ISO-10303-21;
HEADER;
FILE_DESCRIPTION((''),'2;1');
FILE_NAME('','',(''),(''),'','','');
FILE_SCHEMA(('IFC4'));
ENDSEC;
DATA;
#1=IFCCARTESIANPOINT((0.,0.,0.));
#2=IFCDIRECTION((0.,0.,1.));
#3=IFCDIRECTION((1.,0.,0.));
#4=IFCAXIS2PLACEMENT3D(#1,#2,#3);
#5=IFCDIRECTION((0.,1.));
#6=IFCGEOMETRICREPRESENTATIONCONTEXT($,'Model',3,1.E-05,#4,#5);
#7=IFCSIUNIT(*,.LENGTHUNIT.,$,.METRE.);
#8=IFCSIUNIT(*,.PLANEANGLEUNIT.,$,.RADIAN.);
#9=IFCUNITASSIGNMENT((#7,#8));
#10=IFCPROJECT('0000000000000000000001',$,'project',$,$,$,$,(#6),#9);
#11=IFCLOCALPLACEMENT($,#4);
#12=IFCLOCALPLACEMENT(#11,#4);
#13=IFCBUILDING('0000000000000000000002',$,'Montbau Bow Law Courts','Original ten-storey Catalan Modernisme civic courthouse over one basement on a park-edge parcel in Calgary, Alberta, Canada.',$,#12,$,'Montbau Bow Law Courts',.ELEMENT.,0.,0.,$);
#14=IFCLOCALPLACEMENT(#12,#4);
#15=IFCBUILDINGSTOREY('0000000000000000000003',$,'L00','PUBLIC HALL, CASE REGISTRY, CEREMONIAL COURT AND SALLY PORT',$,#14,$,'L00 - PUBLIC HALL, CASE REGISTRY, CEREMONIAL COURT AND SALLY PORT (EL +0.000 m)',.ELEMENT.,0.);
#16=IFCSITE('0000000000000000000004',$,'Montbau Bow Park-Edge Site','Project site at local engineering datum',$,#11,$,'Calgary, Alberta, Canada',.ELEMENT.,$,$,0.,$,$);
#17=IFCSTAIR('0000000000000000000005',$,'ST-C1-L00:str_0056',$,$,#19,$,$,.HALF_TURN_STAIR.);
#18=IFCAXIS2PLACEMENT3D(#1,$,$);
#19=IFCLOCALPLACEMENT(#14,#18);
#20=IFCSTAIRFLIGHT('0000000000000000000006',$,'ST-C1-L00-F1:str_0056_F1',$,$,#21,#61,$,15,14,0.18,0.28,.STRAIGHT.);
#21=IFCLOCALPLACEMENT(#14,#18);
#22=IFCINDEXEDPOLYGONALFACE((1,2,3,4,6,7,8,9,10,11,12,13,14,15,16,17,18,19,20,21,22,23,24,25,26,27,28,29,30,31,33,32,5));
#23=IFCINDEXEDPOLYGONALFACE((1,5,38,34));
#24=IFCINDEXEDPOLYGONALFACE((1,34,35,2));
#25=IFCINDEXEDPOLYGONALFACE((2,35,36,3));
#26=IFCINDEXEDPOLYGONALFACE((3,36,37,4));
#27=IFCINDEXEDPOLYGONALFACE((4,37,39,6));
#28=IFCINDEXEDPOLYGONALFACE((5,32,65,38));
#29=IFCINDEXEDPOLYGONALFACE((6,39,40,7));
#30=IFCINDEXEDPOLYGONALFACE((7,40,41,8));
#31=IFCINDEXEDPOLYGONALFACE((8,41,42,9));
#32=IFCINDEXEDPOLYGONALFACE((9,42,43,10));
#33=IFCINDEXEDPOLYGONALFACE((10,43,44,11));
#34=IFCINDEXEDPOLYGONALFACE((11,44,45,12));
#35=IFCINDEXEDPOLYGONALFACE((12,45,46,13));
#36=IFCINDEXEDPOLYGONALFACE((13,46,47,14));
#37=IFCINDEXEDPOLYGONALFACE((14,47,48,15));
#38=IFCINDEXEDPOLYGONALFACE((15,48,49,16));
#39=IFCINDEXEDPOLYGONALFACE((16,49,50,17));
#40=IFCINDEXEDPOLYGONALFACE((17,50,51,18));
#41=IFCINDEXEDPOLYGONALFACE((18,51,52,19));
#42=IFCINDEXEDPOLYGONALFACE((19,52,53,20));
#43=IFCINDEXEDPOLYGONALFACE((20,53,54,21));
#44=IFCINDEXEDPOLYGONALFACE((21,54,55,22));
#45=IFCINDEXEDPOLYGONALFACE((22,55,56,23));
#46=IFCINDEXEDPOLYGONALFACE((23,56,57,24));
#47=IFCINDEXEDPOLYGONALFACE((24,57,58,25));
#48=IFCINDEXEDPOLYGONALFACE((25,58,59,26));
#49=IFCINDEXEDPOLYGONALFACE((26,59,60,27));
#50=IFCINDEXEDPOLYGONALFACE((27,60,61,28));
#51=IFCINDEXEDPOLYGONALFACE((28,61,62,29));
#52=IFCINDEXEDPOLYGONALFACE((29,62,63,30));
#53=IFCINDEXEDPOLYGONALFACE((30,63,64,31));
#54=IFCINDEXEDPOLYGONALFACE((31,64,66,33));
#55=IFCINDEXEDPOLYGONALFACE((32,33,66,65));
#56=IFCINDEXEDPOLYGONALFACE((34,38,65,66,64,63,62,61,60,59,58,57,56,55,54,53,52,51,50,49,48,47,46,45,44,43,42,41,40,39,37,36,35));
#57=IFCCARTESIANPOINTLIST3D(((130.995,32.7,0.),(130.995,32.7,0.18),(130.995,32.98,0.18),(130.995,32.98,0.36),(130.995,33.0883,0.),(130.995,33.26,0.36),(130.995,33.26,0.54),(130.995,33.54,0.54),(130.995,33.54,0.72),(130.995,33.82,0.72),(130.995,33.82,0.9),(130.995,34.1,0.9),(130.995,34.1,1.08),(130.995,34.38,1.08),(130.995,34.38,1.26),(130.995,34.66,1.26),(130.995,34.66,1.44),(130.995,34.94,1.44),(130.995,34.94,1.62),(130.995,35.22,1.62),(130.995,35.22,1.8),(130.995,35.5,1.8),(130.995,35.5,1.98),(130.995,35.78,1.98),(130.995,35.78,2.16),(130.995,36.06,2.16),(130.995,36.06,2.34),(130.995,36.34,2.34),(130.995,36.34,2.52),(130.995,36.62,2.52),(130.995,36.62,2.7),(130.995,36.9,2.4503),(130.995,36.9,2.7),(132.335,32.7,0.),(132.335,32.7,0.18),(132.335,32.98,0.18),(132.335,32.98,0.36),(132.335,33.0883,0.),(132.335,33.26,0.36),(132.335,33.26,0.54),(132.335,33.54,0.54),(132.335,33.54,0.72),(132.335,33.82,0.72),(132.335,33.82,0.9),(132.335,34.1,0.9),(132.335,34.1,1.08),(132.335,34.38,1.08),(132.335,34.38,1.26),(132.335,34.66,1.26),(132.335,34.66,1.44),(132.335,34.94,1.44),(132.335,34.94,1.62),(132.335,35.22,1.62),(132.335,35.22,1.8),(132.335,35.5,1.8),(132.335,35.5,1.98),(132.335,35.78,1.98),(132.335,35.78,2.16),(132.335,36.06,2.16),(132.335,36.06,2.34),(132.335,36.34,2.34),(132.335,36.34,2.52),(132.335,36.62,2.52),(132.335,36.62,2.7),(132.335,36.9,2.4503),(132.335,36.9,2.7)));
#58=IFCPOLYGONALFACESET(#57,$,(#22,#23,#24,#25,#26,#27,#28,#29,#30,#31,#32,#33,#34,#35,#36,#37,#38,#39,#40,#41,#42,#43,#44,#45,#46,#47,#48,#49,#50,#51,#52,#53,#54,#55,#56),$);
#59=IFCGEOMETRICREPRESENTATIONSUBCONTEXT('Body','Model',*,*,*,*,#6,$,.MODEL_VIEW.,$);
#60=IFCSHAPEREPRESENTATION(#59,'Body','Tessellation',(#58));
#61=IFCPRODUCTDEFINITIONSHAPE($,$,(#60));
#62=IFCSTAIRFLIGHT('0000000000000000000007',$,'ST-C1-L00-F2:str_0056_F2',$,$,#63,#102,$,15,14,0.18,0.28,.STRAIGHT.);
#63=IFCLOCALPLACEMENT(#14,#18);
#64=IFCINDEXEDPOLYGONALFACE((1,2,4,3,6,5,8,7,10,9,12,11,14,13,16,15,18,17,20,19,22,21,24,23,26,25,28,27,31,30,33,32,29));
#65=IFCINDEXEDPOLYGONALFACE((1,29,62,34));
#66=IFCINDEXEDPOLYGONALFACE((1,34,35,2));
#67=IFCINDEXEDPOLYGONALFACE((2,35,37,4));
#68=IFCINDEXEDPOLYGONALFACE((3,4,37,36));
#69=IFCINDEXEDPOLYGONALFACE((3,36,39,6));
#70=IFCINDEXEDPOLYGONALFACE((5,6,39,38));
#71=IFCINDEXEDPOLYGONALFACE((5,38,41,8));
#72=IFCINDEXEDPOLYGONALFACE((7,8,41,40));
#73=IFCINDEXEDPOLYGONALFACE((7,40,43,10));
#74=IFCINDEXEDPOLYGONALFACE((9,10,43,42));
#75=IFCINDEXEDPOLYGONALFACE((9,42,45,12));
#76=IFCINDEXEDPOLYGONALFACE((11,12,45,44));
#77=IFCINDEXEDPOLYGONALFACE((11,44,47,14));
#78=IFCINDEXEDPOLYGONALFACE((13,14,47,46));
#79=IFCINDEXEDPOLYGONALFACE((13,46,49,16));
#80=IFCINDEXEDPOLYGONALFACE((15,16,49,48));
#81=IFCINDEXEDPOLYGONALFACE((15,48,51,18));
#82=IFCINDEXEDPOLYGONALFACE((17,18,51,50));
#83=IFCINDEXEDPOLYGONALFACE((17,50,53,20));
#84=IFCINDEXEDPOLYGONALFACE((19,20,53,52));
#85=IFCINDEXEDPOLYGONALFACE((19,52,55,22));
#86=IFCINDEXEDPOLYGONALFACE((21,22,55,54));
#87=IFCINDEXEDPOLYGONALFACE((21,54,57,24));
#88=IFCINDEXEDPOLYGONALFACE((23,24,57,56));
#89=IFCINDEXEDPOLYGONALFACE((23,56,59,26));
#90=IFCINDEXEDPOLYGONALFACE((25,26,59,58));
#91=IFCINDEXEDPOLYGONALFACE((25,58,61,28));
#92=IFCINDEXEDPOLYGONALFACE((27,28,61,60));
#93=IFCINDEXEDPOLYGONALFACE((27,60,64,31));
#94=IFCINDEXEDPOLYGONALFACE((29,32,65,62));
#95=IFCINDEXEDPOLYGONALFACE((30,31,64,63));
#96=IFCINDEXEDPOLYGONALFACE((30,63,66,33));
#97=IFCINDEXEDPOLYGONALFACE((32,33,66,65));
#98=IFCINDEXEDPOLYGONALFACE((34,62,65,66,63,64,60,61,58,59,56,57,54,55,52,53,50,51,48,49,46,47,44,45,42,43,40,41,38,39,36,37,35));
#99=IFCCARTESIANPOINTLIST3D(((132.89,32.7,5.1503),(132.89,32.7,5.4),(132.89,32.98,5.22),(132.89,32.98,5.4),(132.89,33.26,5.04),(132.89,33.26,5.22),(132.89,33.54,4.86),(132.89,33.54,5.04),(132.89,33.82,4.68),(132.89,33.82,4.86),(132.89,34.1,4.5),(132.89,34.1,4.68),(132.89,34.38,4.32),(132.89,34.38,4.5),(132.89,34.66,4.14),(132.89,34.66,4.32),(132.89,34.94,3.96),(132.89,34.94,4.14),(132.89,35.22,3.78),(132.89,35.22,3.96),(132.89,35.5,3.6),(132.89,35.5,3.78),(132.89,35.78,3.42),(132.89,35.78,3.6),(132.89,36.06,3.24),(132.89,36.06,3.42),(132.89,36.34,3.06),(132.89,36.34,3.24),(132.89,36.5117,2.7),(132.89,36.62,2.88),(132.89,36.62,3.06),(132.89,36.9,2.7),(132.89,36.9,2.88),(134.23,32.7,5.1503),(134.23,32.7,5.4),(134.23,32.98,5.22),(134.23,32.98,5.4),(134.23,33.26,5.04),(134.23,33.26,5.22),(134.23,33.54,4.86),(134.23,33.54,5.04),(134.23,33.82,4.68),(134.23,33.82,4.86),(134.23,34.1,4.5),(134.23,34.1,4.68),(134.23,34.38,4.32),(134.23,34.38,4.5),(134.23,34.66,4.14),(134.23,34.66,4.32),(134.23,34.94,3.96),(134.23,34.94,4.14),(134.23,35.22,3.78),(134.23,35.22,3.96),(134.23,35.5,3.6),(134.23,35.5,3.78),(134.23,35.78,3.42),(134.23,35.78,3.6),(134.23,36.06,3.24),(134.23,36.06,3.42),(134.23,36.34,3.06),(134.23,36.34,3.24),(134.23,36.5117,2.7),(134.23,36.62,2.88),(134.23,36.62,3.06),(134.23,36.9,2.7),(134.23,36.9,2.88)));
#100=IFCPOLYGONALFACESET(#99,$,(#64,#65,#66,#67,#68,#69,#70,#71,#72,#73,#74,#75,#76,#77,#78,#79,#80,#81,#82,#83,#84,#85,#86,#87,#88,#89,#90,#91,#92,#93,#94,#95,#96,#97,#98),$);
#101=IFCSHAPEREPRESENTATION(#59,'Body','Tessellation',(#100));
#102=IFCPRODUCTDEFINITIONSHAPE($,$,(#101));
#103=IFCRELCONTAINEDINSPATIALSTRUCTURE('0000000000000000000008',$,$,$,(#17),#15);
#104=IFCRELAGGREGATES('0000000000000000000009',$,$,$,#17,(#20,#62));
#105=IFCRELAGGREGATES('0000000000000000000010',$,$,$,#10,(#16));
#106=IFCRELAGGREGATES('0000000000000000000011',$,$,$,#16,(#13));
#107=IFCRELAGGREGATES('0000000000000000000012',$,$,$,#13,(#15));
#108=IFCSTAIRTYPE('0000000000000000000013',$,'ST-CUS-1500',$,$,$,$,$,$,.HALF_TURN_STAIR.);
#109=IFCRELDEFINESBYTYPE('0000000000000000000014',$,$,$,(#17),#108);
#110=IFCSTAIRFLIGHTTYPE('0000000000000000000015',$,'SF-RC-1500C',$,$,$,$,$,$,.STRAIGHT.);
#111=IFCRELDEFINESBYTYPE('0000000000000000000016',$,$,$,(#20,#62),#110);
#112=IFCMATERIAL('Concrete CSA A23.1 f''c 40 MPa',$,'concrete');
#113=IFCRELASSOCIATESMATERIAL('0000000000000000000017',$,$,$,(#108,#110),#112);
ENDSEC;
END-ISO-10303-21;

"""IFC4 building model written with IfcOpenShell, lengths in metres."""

from ifc_helpers import new_model, si_unit, direction, frame, origin_with_axes, place, context, subcontext, project, spatial, polyline, outline, extrude, material, type_object, element, aggregate, save


model = new_model("IFC4")

# Units and contexts
model_context = context("Model", 3, precision=1e-05, world=origin_with_axes(), true_north=direction((0.0, 1.0)))
body_context = subcontext(model_context, "Body", "Model", "MODEL_VIEW")
ifc_project = project(units=[si_unit("LENGTHUNIT", "METRE"), si_unit("PLANEANGLEUNIT", "RADIAN")], contexts=[model_context])

# Site, building, storey
site_placement = place(None, origin_with_axes())
site = spatial("IfcSite", under=ifc_project, at=site_placement, Name="Montbau Bow Park-Edge Site", Description="Project site at local engineering datum", LongName="Calgary, Alberta, Canada", CompositionType="ELEMENT", RefElevation=0.0)
building_placement = place(site_placement, origin_with_axes())
building = spatial("IfcBuilding", under=site, at=building_placement, Name="Montbau Bow Law Courts", Description="Original ten-storey Catalan Modernisme civic courthouse over one basement on a park-edge parcel in Calgary, Alberta, Canada.", LongName="Montbau Bow Law Courts", CompositionType="ELEMENT", ElevationOfRefHeight=0.0, ElevationOfTerrain=0.0)
storey_placement = place(building_placement, origin_with_axes())
storey = spatial("IfcBuildingStorey", under=building, at=storey_placement, Name="L00", Description="PUBLIC HALL, CASE REGISTRY, CEREMONIAL COURT AND SALLY PORT", LongName="L00 - PUBLIC HALL, CASE REGISTRY, CEREMONIAL COURT AND SALLY PORT (EL +0.000 m)", CompositionType="ELEMENT", Elevation=0.0)

# Stair, stair flights
ifc_material_1 = material(Name="Concrete CSA A23.1 f'c 40 MPa", Category="concrete")
stair_type = type_object("IfcStairType", Name="ST-CUS-1500", PredefinedType="HALF_TURN_STAIR", material=ifc_material_1)
stair_placement = place(None, frame((131.665, 32.7, 0.0), z_axis=(0.0, 0.0, 1.0), x_axis=(1.0, 0.0, 0.0)))
stair = element("IfcStair", 1, at=stair_placement, inside=storey, type_object=stair_type, Name="ST-C1-L00:str_0056", PredefinedType="HALF_TURN_STAIR")
stair_flight_type = type_object("IfcStairFlightType", Name="SF-RC-1500C", PredefinedType="STRAIGHT", material=ifc_material_1)
stair_flight_1_placement = place(None, frame((131.665, 32.7, 0.0), z_axis=(0.0, 0.0, 1.0), x_axis=(0.0, 1.0, 0.0)))
stair_flight_1 = element("IfcStairFlight", 2, at=stair_flight_1_placement, type_object=stair_flight_type, Name="ST-C1-L00-F1:str_0056_F1", NumberOfRisers=15, NumberOfTreads=14, PredefinedType="STRAIGHT", RiserHeight=0.18, TreadLength=0.28, context=body_context, shape_type="SweptSolid", body=[
    extrude(outline(polyline([(0.0, 0.0), (0.0, 0.18), (0.28, 0.18), (0.28, 0.36), (0.56, 0.36), (0.56, 0.54), (0.84, 0.54), (0.84, 0.72), (1.12, 0.72), (1.12, 0.9), (1.4, 0.9), (1.4, 1.08), (1.68, 1.08), (1.68, 1.26), (1.96, 1.26), (1.96, 1.44), (2.24, 1.44), (2.24, 1.62), (2.52, 1.62), (2.52, 1.8), (2.8, 1.8), (2.8, 1.98), (3.08, 1.98), (3.08, 2.16), (3.36, 2.16), (3.36, 2.34), (3.64, 2.34), (3.64, 2.52), (3.92, 2.52), (3.92, 2.7), (4.2, 2.7), (4.2, 2.4503), (0.3883, 0.0), (0.0, 0.0)])), frame((0.0, 0.67, 0.0), z_axis=(0.0, -1.0, 0.0), x_axis=(1.0, 0.0, 0.0)), (0.0, 0.0, 1.0), 1.34),
])
stair_flight_2_placement = place(None, frame((133.56, 36.9, 2.7), z_axis=(0.0, 0.0, 1.0), x_axis=(0.0, -1.0, 0.0)))
stair_flight_2 = element("IfcStairFlight", 3, at=stair_flight_2_placement, type_object=stair_flight_type, Name="ST-C1-L00-F2:str_0056_F2", NumberOfRisers=15, NumberOfTreads=14, PredefinedType="STRAIGHT", RiserHeight=0.18, TreadLength=0.28, context=body_context, shape_type="SweptSolid", body=[
    extrude(outline(polyline([(0.0, 0.0), (0.0, 0.18), (0.28, 0.18), (0.28, 0.36), (0.56, 0.36), (0.56, 0.54), (0.84, 0.54), (0.84, 0.72), (1.12, 0.72), (1.12, 0.9), (1.4, 0.9), (1.4, 1.08), (1.68, 1.08), (1.68, 1.26), (1.96, 1.26), (1.96, 1.44), (2.24, 1.44), (2.24, 1.62), (2.52, 1.62), (2.52, 1.8), (2.8, 1.8), (2.8, 1.98), (3.08, 1.98), (3.08, 2.16), (3.36, 2.16), (3.36, 2.34), (3.64, 2.34), (3.64, 2.52), (3.92, 2.52), (3.92, 2.7), (4.2, 2.7), (4.2, 2.4503), (0.3883, 0.0), (0.0, 0.0)])), frame((0.0, 0.67, 0.0), z_axis=(0.0, -1.0, 0.0), x_axis=(1.0, 0.0, 0.0)), (0.0, 0.0, 1.0), 1.34),
])
aggregate(stair, [stair_flight_1, stair_flight_2])

save(model, "model.ifc")
